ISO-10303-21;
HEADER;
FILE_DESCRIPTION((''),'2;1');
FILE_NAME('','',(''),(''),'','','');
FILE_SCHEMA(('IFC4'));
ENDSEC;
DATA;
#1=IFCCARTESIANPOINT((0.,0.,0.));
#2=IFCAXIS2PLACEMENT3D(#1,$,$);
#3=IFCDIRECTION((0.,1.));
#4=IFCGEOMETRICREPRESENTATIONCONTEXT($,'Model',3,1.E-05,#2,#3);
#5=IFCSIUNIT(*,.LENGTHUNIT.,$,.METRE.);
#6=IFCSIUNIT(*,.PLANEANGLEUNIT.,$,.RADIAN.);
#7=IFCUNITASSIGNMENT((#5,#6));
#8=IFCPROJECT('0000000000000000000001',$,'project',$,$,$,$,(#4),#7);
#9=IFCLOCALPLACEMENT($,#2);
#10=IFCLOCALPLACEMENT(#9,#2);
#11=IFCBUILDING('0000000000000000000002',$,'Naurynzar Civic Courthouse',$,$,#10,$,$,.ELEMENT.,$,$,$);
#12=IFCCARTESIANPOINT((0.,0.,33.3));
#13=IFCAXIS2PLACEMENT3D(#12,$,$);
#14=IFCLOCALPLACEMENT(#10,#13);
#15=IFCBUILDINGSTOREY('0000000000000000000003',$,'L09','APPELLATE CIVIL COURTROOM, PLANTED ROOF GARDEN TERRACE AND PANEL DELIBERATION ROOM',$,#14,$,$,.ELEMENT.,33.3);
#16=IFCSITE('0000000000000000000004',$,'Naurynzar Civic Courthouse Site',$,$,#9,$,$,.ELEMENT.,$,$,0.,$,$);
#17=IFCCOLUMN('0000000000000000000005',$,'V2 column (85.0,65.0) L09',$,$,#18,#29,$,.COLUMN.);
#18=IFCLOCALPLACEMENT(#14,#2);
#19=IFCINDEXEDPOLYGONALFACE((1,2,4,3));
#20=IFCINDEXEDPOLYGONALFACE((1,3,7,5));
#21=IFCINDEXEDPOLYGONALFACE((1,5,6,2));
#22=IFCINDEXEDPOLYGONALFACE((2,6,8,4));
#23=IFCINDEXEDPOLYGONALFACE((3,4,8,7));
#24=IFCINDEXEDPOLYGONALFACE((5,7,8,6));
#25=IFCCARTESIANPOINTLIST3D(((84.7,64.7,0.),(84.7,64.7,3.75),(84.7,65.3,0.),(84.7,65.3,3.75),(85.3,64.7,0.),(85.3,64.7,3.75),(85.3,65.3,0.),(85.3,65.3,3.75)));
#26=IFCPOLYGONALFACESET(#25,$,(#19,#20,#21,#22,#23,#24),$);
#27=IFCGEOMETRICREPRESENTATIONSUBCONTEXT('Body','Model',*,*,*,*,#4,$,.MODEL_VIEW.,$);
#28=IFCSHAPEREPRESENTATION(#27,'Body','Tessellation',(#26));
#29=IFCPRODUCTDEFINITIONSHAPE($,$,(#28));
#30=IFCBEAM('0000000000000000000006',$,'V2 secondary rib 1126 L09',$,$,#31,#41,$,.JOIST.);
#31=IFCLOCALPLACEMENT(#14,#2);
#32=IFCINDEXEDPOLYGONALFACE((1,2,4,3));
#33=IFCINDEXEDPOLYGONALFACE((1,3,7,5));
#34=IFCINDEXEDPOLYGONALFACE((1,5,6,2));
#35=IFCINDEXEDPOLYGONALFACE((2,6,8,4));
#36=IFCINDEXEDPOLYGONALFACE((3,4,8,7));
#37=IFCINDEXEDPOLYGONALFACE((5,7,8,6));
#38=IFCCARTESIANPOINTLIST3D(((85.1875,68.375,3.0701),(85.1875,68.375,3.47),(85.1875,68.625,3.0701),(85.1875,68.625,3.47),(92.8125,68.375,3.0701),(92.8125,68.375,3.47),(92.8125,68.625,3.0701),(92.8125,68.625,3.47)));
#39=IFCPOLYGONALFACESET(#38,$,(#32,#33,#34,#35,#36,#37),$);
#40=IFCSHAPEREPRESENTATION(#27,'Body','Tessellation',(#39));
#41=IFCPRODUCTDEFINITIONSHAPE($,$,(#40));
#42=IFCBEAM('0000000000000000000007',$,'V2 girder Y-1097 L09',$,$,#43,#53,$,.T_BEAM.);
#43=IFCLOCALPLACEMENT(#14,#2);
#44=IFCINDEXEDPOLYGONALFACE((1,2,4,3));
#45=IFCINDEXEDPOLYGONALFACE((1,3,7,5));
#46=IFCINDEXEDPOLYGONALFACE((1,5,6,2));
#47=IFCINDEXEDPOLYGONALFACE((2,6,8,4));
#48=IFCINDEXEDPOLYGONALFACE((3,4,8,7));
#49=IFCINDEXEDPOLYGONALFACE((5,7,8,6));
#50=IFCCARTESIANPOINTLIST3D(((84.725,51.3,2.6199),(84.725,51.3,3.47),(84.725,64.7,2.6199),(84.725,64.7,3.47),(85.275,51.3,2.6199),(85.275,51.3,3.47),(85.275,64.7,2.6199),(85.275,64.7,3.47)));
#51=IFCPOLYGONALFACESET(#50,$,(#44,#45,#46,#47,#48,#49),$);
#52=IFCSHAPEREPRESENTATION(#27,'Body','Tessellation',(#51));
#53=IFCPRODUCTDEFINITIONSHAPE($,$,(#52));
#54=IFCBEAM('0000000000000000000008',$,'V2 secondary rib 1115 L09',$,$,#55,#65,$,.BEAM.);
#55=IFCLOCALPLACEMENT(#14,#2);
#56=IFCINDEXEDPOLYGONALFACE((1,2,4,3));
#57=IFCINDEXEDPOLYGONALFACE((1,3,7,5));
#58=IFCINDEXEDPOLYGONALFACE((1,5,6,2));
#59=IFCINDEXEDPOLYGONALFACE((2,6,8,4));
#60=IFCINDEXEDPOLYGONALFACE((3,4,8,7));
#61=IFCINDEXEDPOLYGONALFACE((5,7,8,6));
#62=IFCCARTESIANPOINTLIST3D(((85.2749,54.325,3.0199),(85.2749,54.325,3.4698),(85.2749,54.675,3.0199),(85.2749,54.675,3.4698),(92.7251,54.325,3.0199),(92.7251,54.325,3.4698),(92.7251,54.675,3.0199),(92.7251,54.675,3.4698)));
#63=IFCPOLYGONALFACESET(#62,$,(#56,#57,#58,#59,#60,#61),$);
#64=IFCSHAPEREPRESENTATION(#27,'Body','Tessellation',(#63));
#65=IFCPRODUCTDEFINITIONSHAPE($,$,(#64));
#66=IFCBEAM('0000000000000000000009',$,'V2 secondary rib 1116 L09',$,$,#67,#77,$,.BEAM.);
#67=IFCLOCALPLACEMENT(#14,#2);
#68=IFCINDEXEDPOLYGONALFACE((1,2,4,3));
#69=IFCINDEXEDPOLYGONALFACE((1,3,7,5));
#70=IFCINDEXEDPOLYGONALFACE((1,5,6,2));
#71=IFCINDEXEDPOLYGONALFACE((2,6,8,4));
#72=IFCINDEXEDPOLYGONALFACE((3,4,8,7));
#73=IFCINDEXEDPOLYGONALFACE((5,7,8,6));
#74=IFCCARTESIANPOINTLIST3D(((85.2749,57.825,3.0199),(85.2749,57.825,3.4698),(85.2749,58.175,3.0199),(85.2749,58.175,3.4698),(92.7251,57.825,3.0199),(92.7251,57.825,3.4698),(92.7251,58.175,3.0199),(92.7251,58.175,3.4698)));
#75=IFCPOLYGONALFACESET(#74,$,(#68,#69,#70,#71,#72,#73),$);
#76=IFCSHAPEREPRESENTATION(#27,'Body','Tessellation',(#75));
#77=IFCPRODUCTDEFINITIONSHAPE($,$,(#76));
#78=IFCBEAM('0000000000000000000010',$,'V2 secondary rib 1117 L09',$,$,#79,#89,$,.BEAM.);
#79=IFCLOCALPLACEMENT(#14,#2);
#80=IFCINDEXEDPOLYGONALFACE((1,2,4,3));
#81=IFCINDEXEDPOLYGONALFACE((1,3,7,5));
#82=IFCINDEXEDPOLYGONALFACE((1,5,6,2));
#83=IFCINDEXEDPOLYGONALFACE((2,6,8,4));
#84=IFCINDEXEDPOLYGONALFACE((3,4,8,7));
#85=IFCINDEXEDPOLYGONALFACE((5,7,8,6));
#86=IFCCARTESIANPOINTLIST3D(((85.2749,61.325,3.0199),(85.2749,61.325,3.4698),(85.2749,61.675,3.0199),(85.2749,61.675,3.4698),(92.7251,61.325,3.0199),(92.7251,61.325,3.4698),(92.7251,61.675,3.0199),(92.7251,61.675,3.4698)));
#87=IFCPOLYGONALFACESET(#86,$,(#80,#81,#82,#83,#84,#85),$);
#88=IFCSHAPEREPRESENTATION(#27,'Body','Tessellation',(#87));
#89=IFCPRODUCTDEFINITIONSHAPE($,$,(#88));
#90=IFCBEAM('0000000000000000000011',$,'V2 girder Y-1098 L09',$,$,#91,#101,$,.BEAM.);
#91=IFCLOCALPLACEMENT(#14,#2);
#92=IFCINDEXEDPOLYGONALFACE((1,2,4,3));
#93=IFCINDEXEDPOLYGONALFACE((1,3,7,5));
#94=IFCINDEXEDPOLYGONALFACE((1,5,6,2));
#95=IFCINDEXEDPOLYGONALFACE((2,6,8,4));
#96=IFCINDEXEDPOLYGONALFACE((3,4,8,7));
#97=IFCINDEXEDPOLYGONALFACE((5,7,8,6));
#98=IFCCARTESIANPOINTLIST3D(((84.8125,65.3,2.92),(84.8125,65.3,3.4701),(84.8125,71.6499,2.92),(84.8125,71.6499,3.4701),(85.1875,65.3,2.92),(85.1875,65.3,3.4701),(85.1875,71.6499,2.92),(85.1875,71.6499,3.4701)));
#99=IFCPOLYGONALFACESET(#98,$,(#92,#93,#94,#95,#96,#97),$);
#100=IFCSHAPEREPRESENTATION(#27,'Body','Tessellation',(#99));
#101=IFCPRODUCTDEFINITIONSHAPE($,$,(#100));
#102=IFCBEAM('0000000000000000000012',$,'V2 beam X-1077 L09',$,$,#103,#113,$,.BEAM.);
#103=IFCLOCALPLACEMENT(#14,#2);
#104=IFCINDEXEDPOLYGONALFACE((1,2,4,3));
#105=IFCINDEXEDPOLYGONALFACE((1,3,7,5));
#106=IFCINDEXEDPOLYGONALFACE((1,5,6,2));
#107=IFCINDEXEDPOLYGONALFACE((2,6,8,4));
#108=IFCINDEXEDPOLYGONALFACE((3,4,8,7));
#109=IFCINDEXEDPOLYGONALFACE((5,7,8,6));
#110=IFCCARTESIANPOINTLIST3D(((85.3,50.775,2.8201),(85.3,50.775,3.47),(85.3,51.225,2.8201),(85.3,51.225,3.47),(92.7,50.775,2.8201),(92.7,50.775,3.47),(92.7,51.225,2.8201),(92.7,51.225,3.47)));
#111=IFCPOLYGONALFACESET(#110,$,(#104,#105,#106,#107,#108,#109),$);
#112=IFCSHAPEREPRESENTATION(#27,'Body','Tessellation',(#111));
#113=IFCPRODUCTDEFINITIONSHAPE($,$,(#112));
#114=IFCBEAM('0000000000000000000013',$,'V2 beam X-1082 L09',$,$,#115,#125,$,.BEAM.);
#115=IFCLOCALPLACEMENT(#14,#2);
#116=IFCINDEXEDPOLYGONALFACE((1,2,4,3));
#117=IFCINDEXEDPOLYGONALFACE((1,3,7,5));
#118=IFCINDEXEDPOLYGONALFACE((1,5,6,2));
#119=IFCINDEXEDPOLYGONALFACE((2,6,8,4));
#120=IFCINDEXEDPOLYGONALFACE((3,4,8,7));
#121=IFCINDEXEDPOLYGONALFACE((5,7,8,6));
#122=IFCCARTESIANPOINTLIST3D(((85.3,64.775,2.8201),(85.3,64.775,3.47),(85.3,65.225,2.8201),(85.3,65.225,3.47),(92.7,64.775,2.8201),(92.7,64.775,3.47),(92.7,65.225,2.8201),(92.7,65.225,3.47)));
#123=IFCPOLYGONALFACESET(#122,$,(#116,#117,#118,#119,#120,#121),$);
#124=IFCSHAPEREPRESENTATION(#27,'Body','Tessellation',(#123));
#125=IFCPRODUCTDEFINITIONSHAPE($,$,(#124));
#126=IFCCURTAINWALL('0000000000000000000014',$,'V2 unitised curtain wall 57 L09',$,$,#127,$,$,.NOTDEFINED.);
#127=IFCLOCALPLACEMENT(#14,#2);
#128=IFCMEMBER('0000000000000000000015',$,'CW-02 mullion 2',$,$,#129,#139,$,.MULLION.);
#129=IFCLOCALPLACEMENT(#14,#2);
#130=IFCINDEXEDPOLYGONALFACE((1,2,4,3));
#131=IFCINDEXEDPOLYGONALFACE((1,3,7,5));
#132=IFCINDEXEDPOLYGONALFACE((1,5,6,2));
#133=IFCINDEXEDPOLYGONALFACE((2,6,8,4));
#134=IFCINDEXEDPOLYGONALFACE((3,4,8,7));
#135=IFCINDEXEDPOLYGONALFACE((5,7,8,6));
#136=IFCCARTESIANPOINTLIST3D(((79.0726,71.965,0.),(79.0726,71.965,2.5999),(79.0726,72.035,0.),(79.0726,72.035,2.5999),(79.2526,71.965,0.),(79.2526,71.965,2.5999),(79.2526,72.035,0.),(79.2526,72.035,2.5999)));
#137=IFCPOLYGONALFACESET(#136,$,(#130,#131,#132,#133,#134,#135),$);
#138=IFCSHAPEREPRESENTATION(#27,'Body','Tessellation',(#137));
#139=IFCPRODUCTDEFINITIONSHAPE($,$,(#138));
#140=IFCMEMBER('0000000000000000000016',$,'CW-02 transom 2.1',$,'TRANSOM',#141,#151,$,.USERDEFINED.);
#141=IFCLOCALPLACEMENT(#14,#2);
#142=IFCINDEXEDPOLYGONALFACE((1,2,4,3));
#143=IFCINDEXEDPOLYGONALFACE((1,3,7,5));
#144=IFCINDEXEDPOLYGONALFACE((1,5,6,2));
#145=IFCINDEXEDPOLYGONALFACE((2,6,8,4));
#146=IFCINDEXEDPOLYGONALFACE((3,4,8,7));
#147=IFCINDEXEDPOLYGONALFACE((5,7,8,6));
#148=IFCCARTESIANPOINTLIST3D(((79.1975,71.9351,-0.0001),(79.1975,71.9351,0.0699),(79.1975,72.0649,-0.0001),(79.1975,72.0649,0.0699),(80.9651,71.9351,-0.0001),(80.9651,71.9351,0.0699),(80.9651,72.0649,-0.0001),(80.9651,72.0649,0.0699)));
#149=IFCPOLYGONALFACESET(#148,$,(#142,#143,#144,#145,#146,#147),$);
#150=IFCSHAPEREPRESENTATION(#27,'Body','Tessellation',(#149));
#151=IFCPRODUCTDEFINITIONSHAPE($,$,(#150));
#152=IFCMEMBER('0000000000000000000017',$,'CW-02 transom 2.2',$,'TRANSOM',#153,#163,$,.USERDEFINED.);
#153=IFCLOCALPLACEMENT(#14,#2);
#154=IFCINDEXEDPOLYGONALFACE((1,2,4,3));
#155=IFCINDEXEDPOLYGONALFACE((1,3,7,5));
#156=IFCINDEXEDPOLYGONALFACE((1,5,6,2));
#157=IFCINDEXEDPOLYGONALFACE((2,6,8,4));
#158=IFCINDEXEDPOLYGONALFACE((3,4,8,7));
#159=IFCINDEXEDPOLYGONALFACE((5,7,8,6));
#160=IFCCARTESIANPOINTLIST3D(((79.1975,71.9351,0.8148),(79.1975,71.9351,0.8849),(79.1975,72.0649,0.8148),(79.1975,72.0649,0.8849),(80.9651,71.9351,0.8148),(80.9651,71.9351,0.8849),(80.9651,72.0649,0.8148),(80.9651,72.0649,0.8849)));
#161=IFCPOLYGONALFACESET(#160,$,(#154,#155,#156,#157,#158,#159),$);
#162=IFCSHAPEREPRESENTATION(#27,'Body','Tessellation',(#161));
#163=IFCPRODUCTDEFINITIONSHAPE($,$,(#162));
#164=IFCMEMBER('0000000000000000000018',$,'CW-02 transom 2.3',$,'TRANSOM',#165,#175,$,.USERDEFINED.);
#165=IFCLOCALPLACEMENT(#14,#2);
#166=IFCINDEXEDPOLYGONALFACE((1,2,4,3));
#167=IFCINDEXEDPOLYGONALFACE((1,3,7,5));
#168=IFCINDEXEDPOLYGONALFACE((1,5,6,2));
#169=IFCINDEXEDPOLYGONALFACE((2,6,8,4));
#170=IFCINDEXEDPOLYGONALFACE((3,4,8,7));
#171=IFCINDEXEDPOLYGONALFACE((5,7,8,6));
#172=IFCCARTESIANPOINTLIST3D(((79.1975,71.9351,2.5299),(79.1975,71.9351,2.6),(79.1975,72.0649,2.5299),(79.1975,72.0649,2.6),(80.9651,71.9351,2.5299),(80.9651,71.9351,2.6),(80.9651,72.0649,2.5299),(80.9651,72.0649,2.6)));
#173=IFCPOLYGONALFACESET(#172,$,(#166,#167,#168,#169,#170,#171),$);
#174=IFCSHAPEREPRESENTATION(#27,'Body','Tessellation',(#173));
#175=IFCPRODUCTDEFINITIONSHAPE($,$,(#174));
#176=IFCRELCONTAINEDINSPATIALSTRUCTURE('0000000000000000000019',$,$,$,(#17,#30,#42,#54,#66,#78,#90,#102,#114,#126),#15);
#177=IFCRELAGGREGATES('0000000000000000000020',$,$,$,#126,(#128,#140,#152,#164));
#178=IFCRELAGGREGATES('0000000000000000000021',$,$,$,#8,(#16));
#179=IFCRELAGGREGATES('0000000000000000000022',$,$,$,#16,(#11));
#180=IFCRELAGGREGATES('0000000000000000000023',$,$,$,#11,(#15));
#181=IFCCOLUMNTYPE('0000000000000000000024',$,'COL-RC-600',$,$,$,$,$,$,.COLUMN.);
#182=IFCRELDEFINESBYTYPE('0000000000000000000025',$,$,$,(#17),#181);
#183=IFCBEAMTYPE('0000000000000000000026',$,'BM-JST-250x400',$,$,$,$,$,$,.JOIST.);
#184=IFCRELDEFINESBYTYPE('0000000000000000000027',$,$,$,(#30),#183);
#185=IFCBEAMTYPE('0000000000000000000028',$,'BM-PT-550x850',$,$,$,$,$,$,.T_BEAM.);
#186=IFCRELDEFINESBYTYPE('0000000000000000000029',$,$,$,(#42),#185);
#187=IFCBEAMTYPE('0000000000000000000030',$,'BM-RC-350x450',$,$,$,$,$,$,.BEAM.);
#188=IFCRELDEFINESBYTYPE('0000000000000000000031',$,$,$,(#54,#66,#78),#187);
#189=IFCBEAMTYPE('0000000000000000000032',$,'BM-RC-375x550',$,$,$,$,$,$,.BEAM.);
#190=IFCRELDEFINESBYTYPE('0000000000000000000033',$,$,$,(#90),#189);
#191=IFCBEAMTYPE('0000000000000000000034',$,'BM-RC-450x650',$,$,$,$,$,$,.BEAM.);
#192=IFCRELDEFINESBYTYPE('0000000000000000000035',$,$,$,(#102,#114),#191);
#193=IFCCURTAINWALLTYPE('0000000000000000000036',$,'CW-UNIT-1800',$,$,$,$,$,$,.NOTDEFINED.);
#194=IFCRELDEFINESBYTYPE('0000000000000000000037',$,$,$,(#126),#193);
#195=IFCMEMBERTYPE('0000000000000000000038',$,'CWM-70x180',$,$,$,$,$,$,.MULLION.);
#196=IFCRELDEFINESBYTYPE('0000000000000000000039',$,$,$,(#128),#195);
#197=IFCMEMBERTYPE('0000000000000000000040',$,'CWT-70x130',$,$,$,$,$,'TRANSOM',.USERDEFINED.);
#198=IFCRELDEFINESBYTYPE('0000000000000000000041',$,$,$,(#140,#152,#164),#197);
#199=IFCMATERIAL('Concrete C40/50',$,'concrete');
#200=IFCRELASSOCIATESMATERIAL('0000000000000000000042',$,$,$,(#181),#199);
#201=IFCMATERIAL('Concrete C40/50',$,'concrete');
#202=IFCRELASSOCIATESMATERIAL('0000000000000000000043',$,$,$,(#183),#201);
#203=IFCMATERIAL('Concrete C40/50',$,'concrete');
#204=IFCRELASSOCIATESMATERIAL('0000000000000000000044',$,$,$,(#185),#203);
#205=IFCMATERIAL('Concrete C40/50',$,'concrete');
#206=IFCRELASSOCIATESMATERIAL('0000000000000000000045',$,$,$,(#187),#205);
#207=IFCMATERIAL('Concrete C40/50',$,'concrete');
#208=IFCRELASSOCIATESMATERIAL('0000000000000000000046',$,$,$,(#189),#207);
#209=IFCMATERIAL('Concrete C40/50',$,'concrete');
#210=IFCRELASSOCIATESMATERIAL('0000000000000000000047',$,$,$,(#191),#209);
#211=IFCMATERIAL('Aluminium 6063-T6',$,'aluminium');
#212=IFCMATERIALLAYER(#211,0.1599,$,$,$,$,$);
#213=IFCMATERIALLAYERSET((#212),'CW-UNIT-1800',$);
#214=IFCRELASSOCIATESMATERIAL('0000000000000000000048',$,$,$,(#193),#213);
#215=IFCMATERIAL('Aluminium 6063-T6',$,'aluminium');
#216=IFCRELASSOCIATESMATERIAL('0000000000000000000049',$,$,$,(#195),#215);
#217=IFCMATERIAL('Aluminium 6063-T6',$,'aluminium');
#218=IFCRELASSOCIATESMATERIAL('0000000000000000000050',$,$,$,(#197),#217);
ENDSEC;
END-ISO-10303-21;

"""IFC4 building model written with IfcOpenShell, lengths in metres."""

from ifc_helpers import new_model, si_unit, direction, frame, origin, origin_2d, place, context, subcontext, project, spatial, rectangle, extrude, material, layer, layer_set, material_profile, profile_set, type_object, element, aggregate, save


model = new_model("IFC4")

# Units and contexts
model_context = context("Model", 3, precision=1e-05, world=origin(), true_north=direction((0.0, 1.0)))
body_context = subcontext(model_context, "Body", "Model", "MODEL_VIEW")
ifc_project = project(units=[si_unit("LENGTHUNIT", "METRE"), si_unit("PLANEANGLEUNIT", "RADIAN")], contexts=[model_context])

# Site, building, storey
site_placement = place(None, origin())
site = spatial("IfcSite", under=ifc_project, at=site_placement, Name="Naurynzar Civic Courthouse Site", CompositionType="ELEMENT", RefElevation=0.0)
building_placement = place(site_placement, origin())
building = spatial("IfcBuilding", under=site, at=building_placement, Name="Naurynzar Civic Courthouse", CompositionType="ELEMENT")
storey_placement = place(building_placement, frame((0.0, 0.0, 33.3)))
storey = spatial("IfcBuildingStorey", under=building, at=storey_placement, Name="L09", Description="APPELLATE CIVIL COURTROOM, PLANTED ROOF GARDEN TERRACE AND PANEL DELIBERATION ROOM", CompositionType="ELEMENT", Elevation=33.3)

# Column
ifc_material_1 = material(Name="Concrete C40/50", Category="concrete")
ifc_material_profile_1 = material_profile(ifc_material_1, rectangle(XDim=0.6001, YDim=0.6001, at=origin_2d()), Name="RC 600x600")
ifc_profile_set_1 = profile_set([ifc_material_profile_1], Name="Concrete C40/50")
column_type = type_object("IfcColumnType", Name="COL-RC-600", PredefinedType="COLUMN", material=ifc_profile_set_1)
column_placement = place(storey_placement, frame((85.0, 65.0, 0.0), z_axis=(0.0, 0.0, 1.0), x_axis=(1.0, 0.0, 0.0)))
element("IfcColumn", 1, at=column_placement, inside=storey, type_object=column_type, Name="V2 column (85.0,65.0) L09", PredefinedType="COLUMN", context=body_context, shape_type="SweptSolid", body=[
    extrude(rectangle(XDim=0.6001, YDim=0.6001, at=origin_2d()), origin(), (0.0, 0.0, 1.0), 3.75),
])

# Beams
ifc_material_2 = material(Name="Concrete C40/50", Category="concrete")
ifc_material_profile_2 = material_profile(ifc_material_2, rectangle(XDim=0.25, YDim=0.3999, at=origin_2d()), Name="RCB 250x400")
ifc_profile_set_2 = profile_set([ifc_material_profile_2], Name="Concrete C40/50")
beam_type_1 = type_object("IfcBeamType", Name="BM-JST-250x400", PredefinedType="JOIST", material=ifc_profile_set_2)
beam_1_placement = place(storey_placement, frame((85.1875, 68.5, 3.27), z_axis=(1.0, 0.0, 0.0), x_axis=(0.0, 1.0, 0.0)))
element("IfcBeam", 2, at=beam_1_placement, inside=storey, type_object=beam_type_1, Name="V2 secondary rib 1126 L09", PredefinedType="JOIST", context=body_context, shape_type="SweptSolid", body=[
    extrude(rectangle(XDim=0.25, YDim=0.3999, at=origin_2d()), origin(), (0.0, 0.0, 1.0), 7.625),
])
ifc_material_3 = material(Name="Concrete C40/50", Category="concrete")
ifc_material_profile_3 = material_profile(ifc_material_3, rectangle(XDim=0.55, YDim=0.8501, at=origin_2d()), Name="PTB 550x850")
ifc_profile_set_3 = profile_set([ifc_material_profile_3], Name="Concrete C40/50")
beam_type_2 = type_object("IfcBeamType", Name="BM-PT-550x850", PredefinedType="T_BEAM", material=ifc_profile_set_3)
beam_2_placement = place(storey_placement, frame((85.0, 51.3, 3.0449), z_axis=(0.0, 1.0, 0.0), x_axis=(-1.0, 0.0, 0.0)))
element("IfcBeam", 3, at=beam_2_placement, inside=storey, type_object=beam_type_2, Name="V2 girder Y-1097 L09", PredefinedType="T_BEAM", context=body_context, shape_type="SweptSolid", body=[
    extrude(rectangle(XDim=0.55, YDim=0.8501, at=origin_2d()), origin(), (0.0, 0.0, 1.0), 13.3999),
])
ifc_material_4 = material(Name="Concrete C40/50", Category="concrete")
ifc_material_profile_4 = material_profile(ifc_material_4, rectangle(XDim=0.3501, YDim=0.45, at=origin_2d()), Name="RCB 350x450")
ifc_profile_set_4 = profile_set([ifc_material_profile_4], Name="Concrete C40/50")
beam_type_3 = type_object("IfcBeamType", Name="BM-RC-350x450", PredefinedType="BEAM", material=ifc_profile_set_4)
for number, where, z_axis, x_axis, name in (
    (4, (85.2749, 54.5, 3.2449), (1.0, 0.0, 0.0), (0.0, 1.0, 0.0), "V2 secondary rib 1115 L09"),
    (5, (85.2749, 58.0, 3.2449), (1.0, 0.0, 0.0), (0.0, 1.0, 0.0), "V2 secondary rib 1116 L09"),
    (6, (85.2749, 61.5, 3.2449), (1.0, 0.0, 0.0), (0.0, 1.0, 0.0), "V2 secondary rib 1117 L09"),
):
    element("IfcBeam", number, at=place(storey_placement, frame(where, z_axis=z_axis, x_axis=x_axis)), inside=storey, type_object=beam_type_3, Name=name, PredefinedType="BEAM", context=body_context, shape_type="SweptSolid", body=[
        extrude(rectangle(XDim=0.3501, YDim=0.45, at=origin_2d()), origin(), (0.0, 0.0, 1.0), 7.4502),
    ])
ifc_material_5 = material(Name="Concrete C40/50", Category="concrete")
ifc_material_profile_5 = material_profile(ifc_material_5, rectangle(XDim=0.375, YDim=0.55, at=origin_2d()), Name="RCB 375x550")
ifc_profile_set_5 = profile_set([ifc_material_profile_5], Name="Concrete C40/50")
beam_type_4 = type_object("IfcBeamType", Name="BM-RC-375x550", PredefinedType="BEAM", material=ifc_profile_set_5)
beam_3_placement = place(storey_placement, frame((85.0, 65.3, 3.1951), z_axis=(0.0, 1.0, 0.0), x_axis=(-1.0, 0.0, 0.0)))
element("IfcBeam", 7, at=beam_3_placement, inside=storey, type_object=beam_type_4, Name="V2 girder Y-1098 L09", PredefinedType="BEAM", context=body_context, shape_type="SweptSolid", body=[
    extrude(rectangle(XDim=0.375, YDim=0.55, at=origin_2d()), origin(), (0.0, 0.0, 1.0), 6.3499),
])
ifc_material_6 = material(Name="Concrete C40/50", Category="concrete")
ifc_material_profile_6 = material_profile(ifc_material_6, rectangle(XDim=0.45, YDim=0.6499, at=origin_2d()), Name="RCB 450x650")
ifc_profile_set_6 = profile_set([ifc_material_profile_6], Name="Concrete C40/50")
beam_type_5 = type_object("IfcBeamType", Name="BM-RC-450x650", PredefinedType="BEAM", material=ifc_profile_set_6)
for number, where, z_axis, x_axis, name in (
    (8, (85.3, 51.0, 3.145), (1.0, 0.0, 0.0), (0.0, 1.0, 0.0), "V2 beam X-1077 L09"),
    (9, (85.3, 65.0, 3.145), (1.0, 0.0, 0.0), (0.0, 1.0, 0.0), "V2 beam X-1082 L09"),
):
    element("IfcBeam", number, at=place(storey_placement, frame(where, z_axis=z_axis, x_axis=x_axis)), inside=storey, type_object=beam_type_5, Name=name, PredefinedType="BEAM", context=body_context, shape_type="SweptSolid", body=[
        extrude(rectangle(XDim=0.45, YDim=0.6499, at=origin_2d()), origin(), (0.0, 0.0, 1.0), 7.3999),
    ])

# Curtain wall, members
ifc_material_7 = material(Name="Aluminium 6063-T6", Category="aluminium")
ifc_layer_1 = layer(ifc_material_7, 0.1599)
ifc_layer_set_1 = layer_set([ifc_layer_1], Name="CW-UNIT-1800")
curtain_wall_type = type_object("IfcCurtainWallType", Name="CW-UNIT-1800", PredefinedType="NOTDEFINED", material=ifc_layer_set_1)
curtain_wall_placement = place(storey_placement, origin())
curtain_wall = element("IfcCurtainWall", 10, at=curtain_wall_placement, inside=storey, type_object=curtain_wall_type, Name="V2 unitised curtain wall 57 L09", PredefinedType="NOTDEFINED")
ifc_material_8 = material(Name="Aluminium 6063-T6", Category="aluminium")
ifc_material_profile_7 = material_profile(ifc_material_8, rectangle(XDim=0.0701, YDim=0.1799, at=origin_2d()), Name="ALU MULLION 70x180")
ifc_profile_set_7 = profile_set([ifc_material_profile_7], Name="Aluminium 6063-T6")
member_type_1 = type_object("IfcMemberType", Name="CWM-70x180", PredefinedType="MULLION", material=ifc_profile_set_7)
member_1_placement = place(storey_placement, frame((79.1626, 72.0, 0.0), z_axis=(0.0, 0.0, 1.0), x_axis=(0.0, 1.0, 0.0)))
member_1 = element("IfcMember", 11, at=member_1_placement, type_object=member_type_1, Name="CW-02 mullion 2", PredefinedType="MULLION", context=body_context, shape_type="SweptSolid", body=[
    extrude(rectangle(XDim=0.0701, YDim=0.1799, at=origin_2d()), origin(), (0.0, 0.0, 1.0), 2.5999),
])
ifc_material_9 = material(Name="Aluminium 6063-T6", Category="aluminium")
ifc_material_profile_8 = material_profile(ifc_material_9, rectangle(XDim=0.1299, YDim=0.0701, at=origin_2d()), Name="ALU TRANSOM 70x130")
ifc_profile_set_8 = profile_set([ifc_material_profile_8], Name="Aluminium 6063-T6")
member_type_2 = type_object("IfcMemberType", Name="CWT-70x130", ElementType="TRANSOM", PredefinedType="USERDEFINED", material=ifc_profile_set_8)
member_2_placement = place(storey_placement, frame((79.1975, 72.0, 0.0349), z_axis=(1.0, 0.0, 0.0), x_axis=(0.0, 1.0, 0.0)))
member_2 = element("IfcMember", 12, at=member_2_placement, type_object=member_type_2, Name="CW-02 transom 2.1", ObjectType="TRANSOM", PredefinedType="USERDEFINED", context=body_context, shape_type="SweptSolid", body=[
    extrude(rectangle(XDim=0.1299, YDim=0.0701, at=origin_2d()), origin(), (0.0, 0.0, 1.0), 1.7676),
])
member_3_placement = place(storey_placement, frame((79.1975, 72.0, 0.8499), z_axis=(1.0, 0.0, 0.0), x_axis=(0.0, 1.0, 0.0)))
member_3 = element("IfcMember", 13, at=member_3_placement, type_object=member_type_2, Name="CW-02 transom 2.2", ObjectType="TRANSOM", PredefinedType="USERDEFINED", context=body_context, shape_type="SweptSolid", body=[
    extrude(rectangle(XDim=0.1299, YDim=0.0701, at=origin_2d()), origin(), (0.0, 0.0, 1.0), 1.7676),
])
member_4_placement = place(storey_placement, frame((79.1975, 72.0, 2.5649), z_axis=(1.0, 0.0, 0.0), x_axis=(0.0, 1.0, 0.0)))
member_4 = element("IfcMember", 14, at=member_4_placement, type_object=member_type_2, Name="CW-02 transom 2.3", ObjectType="TRANSOM", PredefinedType="USERDEFINED", context=body_context, shape_type="SweptSolid", body=[
    extrude(rectangle(XDim=0.1299, YDim=0.0701, at=origin_2d()), origin(), (0.0, 0.0, 1.0), 1.7676),
])
aggregate(curtain_wall, [member_1, member_2, member_3, member_4])

save(model, "model.ifc")
